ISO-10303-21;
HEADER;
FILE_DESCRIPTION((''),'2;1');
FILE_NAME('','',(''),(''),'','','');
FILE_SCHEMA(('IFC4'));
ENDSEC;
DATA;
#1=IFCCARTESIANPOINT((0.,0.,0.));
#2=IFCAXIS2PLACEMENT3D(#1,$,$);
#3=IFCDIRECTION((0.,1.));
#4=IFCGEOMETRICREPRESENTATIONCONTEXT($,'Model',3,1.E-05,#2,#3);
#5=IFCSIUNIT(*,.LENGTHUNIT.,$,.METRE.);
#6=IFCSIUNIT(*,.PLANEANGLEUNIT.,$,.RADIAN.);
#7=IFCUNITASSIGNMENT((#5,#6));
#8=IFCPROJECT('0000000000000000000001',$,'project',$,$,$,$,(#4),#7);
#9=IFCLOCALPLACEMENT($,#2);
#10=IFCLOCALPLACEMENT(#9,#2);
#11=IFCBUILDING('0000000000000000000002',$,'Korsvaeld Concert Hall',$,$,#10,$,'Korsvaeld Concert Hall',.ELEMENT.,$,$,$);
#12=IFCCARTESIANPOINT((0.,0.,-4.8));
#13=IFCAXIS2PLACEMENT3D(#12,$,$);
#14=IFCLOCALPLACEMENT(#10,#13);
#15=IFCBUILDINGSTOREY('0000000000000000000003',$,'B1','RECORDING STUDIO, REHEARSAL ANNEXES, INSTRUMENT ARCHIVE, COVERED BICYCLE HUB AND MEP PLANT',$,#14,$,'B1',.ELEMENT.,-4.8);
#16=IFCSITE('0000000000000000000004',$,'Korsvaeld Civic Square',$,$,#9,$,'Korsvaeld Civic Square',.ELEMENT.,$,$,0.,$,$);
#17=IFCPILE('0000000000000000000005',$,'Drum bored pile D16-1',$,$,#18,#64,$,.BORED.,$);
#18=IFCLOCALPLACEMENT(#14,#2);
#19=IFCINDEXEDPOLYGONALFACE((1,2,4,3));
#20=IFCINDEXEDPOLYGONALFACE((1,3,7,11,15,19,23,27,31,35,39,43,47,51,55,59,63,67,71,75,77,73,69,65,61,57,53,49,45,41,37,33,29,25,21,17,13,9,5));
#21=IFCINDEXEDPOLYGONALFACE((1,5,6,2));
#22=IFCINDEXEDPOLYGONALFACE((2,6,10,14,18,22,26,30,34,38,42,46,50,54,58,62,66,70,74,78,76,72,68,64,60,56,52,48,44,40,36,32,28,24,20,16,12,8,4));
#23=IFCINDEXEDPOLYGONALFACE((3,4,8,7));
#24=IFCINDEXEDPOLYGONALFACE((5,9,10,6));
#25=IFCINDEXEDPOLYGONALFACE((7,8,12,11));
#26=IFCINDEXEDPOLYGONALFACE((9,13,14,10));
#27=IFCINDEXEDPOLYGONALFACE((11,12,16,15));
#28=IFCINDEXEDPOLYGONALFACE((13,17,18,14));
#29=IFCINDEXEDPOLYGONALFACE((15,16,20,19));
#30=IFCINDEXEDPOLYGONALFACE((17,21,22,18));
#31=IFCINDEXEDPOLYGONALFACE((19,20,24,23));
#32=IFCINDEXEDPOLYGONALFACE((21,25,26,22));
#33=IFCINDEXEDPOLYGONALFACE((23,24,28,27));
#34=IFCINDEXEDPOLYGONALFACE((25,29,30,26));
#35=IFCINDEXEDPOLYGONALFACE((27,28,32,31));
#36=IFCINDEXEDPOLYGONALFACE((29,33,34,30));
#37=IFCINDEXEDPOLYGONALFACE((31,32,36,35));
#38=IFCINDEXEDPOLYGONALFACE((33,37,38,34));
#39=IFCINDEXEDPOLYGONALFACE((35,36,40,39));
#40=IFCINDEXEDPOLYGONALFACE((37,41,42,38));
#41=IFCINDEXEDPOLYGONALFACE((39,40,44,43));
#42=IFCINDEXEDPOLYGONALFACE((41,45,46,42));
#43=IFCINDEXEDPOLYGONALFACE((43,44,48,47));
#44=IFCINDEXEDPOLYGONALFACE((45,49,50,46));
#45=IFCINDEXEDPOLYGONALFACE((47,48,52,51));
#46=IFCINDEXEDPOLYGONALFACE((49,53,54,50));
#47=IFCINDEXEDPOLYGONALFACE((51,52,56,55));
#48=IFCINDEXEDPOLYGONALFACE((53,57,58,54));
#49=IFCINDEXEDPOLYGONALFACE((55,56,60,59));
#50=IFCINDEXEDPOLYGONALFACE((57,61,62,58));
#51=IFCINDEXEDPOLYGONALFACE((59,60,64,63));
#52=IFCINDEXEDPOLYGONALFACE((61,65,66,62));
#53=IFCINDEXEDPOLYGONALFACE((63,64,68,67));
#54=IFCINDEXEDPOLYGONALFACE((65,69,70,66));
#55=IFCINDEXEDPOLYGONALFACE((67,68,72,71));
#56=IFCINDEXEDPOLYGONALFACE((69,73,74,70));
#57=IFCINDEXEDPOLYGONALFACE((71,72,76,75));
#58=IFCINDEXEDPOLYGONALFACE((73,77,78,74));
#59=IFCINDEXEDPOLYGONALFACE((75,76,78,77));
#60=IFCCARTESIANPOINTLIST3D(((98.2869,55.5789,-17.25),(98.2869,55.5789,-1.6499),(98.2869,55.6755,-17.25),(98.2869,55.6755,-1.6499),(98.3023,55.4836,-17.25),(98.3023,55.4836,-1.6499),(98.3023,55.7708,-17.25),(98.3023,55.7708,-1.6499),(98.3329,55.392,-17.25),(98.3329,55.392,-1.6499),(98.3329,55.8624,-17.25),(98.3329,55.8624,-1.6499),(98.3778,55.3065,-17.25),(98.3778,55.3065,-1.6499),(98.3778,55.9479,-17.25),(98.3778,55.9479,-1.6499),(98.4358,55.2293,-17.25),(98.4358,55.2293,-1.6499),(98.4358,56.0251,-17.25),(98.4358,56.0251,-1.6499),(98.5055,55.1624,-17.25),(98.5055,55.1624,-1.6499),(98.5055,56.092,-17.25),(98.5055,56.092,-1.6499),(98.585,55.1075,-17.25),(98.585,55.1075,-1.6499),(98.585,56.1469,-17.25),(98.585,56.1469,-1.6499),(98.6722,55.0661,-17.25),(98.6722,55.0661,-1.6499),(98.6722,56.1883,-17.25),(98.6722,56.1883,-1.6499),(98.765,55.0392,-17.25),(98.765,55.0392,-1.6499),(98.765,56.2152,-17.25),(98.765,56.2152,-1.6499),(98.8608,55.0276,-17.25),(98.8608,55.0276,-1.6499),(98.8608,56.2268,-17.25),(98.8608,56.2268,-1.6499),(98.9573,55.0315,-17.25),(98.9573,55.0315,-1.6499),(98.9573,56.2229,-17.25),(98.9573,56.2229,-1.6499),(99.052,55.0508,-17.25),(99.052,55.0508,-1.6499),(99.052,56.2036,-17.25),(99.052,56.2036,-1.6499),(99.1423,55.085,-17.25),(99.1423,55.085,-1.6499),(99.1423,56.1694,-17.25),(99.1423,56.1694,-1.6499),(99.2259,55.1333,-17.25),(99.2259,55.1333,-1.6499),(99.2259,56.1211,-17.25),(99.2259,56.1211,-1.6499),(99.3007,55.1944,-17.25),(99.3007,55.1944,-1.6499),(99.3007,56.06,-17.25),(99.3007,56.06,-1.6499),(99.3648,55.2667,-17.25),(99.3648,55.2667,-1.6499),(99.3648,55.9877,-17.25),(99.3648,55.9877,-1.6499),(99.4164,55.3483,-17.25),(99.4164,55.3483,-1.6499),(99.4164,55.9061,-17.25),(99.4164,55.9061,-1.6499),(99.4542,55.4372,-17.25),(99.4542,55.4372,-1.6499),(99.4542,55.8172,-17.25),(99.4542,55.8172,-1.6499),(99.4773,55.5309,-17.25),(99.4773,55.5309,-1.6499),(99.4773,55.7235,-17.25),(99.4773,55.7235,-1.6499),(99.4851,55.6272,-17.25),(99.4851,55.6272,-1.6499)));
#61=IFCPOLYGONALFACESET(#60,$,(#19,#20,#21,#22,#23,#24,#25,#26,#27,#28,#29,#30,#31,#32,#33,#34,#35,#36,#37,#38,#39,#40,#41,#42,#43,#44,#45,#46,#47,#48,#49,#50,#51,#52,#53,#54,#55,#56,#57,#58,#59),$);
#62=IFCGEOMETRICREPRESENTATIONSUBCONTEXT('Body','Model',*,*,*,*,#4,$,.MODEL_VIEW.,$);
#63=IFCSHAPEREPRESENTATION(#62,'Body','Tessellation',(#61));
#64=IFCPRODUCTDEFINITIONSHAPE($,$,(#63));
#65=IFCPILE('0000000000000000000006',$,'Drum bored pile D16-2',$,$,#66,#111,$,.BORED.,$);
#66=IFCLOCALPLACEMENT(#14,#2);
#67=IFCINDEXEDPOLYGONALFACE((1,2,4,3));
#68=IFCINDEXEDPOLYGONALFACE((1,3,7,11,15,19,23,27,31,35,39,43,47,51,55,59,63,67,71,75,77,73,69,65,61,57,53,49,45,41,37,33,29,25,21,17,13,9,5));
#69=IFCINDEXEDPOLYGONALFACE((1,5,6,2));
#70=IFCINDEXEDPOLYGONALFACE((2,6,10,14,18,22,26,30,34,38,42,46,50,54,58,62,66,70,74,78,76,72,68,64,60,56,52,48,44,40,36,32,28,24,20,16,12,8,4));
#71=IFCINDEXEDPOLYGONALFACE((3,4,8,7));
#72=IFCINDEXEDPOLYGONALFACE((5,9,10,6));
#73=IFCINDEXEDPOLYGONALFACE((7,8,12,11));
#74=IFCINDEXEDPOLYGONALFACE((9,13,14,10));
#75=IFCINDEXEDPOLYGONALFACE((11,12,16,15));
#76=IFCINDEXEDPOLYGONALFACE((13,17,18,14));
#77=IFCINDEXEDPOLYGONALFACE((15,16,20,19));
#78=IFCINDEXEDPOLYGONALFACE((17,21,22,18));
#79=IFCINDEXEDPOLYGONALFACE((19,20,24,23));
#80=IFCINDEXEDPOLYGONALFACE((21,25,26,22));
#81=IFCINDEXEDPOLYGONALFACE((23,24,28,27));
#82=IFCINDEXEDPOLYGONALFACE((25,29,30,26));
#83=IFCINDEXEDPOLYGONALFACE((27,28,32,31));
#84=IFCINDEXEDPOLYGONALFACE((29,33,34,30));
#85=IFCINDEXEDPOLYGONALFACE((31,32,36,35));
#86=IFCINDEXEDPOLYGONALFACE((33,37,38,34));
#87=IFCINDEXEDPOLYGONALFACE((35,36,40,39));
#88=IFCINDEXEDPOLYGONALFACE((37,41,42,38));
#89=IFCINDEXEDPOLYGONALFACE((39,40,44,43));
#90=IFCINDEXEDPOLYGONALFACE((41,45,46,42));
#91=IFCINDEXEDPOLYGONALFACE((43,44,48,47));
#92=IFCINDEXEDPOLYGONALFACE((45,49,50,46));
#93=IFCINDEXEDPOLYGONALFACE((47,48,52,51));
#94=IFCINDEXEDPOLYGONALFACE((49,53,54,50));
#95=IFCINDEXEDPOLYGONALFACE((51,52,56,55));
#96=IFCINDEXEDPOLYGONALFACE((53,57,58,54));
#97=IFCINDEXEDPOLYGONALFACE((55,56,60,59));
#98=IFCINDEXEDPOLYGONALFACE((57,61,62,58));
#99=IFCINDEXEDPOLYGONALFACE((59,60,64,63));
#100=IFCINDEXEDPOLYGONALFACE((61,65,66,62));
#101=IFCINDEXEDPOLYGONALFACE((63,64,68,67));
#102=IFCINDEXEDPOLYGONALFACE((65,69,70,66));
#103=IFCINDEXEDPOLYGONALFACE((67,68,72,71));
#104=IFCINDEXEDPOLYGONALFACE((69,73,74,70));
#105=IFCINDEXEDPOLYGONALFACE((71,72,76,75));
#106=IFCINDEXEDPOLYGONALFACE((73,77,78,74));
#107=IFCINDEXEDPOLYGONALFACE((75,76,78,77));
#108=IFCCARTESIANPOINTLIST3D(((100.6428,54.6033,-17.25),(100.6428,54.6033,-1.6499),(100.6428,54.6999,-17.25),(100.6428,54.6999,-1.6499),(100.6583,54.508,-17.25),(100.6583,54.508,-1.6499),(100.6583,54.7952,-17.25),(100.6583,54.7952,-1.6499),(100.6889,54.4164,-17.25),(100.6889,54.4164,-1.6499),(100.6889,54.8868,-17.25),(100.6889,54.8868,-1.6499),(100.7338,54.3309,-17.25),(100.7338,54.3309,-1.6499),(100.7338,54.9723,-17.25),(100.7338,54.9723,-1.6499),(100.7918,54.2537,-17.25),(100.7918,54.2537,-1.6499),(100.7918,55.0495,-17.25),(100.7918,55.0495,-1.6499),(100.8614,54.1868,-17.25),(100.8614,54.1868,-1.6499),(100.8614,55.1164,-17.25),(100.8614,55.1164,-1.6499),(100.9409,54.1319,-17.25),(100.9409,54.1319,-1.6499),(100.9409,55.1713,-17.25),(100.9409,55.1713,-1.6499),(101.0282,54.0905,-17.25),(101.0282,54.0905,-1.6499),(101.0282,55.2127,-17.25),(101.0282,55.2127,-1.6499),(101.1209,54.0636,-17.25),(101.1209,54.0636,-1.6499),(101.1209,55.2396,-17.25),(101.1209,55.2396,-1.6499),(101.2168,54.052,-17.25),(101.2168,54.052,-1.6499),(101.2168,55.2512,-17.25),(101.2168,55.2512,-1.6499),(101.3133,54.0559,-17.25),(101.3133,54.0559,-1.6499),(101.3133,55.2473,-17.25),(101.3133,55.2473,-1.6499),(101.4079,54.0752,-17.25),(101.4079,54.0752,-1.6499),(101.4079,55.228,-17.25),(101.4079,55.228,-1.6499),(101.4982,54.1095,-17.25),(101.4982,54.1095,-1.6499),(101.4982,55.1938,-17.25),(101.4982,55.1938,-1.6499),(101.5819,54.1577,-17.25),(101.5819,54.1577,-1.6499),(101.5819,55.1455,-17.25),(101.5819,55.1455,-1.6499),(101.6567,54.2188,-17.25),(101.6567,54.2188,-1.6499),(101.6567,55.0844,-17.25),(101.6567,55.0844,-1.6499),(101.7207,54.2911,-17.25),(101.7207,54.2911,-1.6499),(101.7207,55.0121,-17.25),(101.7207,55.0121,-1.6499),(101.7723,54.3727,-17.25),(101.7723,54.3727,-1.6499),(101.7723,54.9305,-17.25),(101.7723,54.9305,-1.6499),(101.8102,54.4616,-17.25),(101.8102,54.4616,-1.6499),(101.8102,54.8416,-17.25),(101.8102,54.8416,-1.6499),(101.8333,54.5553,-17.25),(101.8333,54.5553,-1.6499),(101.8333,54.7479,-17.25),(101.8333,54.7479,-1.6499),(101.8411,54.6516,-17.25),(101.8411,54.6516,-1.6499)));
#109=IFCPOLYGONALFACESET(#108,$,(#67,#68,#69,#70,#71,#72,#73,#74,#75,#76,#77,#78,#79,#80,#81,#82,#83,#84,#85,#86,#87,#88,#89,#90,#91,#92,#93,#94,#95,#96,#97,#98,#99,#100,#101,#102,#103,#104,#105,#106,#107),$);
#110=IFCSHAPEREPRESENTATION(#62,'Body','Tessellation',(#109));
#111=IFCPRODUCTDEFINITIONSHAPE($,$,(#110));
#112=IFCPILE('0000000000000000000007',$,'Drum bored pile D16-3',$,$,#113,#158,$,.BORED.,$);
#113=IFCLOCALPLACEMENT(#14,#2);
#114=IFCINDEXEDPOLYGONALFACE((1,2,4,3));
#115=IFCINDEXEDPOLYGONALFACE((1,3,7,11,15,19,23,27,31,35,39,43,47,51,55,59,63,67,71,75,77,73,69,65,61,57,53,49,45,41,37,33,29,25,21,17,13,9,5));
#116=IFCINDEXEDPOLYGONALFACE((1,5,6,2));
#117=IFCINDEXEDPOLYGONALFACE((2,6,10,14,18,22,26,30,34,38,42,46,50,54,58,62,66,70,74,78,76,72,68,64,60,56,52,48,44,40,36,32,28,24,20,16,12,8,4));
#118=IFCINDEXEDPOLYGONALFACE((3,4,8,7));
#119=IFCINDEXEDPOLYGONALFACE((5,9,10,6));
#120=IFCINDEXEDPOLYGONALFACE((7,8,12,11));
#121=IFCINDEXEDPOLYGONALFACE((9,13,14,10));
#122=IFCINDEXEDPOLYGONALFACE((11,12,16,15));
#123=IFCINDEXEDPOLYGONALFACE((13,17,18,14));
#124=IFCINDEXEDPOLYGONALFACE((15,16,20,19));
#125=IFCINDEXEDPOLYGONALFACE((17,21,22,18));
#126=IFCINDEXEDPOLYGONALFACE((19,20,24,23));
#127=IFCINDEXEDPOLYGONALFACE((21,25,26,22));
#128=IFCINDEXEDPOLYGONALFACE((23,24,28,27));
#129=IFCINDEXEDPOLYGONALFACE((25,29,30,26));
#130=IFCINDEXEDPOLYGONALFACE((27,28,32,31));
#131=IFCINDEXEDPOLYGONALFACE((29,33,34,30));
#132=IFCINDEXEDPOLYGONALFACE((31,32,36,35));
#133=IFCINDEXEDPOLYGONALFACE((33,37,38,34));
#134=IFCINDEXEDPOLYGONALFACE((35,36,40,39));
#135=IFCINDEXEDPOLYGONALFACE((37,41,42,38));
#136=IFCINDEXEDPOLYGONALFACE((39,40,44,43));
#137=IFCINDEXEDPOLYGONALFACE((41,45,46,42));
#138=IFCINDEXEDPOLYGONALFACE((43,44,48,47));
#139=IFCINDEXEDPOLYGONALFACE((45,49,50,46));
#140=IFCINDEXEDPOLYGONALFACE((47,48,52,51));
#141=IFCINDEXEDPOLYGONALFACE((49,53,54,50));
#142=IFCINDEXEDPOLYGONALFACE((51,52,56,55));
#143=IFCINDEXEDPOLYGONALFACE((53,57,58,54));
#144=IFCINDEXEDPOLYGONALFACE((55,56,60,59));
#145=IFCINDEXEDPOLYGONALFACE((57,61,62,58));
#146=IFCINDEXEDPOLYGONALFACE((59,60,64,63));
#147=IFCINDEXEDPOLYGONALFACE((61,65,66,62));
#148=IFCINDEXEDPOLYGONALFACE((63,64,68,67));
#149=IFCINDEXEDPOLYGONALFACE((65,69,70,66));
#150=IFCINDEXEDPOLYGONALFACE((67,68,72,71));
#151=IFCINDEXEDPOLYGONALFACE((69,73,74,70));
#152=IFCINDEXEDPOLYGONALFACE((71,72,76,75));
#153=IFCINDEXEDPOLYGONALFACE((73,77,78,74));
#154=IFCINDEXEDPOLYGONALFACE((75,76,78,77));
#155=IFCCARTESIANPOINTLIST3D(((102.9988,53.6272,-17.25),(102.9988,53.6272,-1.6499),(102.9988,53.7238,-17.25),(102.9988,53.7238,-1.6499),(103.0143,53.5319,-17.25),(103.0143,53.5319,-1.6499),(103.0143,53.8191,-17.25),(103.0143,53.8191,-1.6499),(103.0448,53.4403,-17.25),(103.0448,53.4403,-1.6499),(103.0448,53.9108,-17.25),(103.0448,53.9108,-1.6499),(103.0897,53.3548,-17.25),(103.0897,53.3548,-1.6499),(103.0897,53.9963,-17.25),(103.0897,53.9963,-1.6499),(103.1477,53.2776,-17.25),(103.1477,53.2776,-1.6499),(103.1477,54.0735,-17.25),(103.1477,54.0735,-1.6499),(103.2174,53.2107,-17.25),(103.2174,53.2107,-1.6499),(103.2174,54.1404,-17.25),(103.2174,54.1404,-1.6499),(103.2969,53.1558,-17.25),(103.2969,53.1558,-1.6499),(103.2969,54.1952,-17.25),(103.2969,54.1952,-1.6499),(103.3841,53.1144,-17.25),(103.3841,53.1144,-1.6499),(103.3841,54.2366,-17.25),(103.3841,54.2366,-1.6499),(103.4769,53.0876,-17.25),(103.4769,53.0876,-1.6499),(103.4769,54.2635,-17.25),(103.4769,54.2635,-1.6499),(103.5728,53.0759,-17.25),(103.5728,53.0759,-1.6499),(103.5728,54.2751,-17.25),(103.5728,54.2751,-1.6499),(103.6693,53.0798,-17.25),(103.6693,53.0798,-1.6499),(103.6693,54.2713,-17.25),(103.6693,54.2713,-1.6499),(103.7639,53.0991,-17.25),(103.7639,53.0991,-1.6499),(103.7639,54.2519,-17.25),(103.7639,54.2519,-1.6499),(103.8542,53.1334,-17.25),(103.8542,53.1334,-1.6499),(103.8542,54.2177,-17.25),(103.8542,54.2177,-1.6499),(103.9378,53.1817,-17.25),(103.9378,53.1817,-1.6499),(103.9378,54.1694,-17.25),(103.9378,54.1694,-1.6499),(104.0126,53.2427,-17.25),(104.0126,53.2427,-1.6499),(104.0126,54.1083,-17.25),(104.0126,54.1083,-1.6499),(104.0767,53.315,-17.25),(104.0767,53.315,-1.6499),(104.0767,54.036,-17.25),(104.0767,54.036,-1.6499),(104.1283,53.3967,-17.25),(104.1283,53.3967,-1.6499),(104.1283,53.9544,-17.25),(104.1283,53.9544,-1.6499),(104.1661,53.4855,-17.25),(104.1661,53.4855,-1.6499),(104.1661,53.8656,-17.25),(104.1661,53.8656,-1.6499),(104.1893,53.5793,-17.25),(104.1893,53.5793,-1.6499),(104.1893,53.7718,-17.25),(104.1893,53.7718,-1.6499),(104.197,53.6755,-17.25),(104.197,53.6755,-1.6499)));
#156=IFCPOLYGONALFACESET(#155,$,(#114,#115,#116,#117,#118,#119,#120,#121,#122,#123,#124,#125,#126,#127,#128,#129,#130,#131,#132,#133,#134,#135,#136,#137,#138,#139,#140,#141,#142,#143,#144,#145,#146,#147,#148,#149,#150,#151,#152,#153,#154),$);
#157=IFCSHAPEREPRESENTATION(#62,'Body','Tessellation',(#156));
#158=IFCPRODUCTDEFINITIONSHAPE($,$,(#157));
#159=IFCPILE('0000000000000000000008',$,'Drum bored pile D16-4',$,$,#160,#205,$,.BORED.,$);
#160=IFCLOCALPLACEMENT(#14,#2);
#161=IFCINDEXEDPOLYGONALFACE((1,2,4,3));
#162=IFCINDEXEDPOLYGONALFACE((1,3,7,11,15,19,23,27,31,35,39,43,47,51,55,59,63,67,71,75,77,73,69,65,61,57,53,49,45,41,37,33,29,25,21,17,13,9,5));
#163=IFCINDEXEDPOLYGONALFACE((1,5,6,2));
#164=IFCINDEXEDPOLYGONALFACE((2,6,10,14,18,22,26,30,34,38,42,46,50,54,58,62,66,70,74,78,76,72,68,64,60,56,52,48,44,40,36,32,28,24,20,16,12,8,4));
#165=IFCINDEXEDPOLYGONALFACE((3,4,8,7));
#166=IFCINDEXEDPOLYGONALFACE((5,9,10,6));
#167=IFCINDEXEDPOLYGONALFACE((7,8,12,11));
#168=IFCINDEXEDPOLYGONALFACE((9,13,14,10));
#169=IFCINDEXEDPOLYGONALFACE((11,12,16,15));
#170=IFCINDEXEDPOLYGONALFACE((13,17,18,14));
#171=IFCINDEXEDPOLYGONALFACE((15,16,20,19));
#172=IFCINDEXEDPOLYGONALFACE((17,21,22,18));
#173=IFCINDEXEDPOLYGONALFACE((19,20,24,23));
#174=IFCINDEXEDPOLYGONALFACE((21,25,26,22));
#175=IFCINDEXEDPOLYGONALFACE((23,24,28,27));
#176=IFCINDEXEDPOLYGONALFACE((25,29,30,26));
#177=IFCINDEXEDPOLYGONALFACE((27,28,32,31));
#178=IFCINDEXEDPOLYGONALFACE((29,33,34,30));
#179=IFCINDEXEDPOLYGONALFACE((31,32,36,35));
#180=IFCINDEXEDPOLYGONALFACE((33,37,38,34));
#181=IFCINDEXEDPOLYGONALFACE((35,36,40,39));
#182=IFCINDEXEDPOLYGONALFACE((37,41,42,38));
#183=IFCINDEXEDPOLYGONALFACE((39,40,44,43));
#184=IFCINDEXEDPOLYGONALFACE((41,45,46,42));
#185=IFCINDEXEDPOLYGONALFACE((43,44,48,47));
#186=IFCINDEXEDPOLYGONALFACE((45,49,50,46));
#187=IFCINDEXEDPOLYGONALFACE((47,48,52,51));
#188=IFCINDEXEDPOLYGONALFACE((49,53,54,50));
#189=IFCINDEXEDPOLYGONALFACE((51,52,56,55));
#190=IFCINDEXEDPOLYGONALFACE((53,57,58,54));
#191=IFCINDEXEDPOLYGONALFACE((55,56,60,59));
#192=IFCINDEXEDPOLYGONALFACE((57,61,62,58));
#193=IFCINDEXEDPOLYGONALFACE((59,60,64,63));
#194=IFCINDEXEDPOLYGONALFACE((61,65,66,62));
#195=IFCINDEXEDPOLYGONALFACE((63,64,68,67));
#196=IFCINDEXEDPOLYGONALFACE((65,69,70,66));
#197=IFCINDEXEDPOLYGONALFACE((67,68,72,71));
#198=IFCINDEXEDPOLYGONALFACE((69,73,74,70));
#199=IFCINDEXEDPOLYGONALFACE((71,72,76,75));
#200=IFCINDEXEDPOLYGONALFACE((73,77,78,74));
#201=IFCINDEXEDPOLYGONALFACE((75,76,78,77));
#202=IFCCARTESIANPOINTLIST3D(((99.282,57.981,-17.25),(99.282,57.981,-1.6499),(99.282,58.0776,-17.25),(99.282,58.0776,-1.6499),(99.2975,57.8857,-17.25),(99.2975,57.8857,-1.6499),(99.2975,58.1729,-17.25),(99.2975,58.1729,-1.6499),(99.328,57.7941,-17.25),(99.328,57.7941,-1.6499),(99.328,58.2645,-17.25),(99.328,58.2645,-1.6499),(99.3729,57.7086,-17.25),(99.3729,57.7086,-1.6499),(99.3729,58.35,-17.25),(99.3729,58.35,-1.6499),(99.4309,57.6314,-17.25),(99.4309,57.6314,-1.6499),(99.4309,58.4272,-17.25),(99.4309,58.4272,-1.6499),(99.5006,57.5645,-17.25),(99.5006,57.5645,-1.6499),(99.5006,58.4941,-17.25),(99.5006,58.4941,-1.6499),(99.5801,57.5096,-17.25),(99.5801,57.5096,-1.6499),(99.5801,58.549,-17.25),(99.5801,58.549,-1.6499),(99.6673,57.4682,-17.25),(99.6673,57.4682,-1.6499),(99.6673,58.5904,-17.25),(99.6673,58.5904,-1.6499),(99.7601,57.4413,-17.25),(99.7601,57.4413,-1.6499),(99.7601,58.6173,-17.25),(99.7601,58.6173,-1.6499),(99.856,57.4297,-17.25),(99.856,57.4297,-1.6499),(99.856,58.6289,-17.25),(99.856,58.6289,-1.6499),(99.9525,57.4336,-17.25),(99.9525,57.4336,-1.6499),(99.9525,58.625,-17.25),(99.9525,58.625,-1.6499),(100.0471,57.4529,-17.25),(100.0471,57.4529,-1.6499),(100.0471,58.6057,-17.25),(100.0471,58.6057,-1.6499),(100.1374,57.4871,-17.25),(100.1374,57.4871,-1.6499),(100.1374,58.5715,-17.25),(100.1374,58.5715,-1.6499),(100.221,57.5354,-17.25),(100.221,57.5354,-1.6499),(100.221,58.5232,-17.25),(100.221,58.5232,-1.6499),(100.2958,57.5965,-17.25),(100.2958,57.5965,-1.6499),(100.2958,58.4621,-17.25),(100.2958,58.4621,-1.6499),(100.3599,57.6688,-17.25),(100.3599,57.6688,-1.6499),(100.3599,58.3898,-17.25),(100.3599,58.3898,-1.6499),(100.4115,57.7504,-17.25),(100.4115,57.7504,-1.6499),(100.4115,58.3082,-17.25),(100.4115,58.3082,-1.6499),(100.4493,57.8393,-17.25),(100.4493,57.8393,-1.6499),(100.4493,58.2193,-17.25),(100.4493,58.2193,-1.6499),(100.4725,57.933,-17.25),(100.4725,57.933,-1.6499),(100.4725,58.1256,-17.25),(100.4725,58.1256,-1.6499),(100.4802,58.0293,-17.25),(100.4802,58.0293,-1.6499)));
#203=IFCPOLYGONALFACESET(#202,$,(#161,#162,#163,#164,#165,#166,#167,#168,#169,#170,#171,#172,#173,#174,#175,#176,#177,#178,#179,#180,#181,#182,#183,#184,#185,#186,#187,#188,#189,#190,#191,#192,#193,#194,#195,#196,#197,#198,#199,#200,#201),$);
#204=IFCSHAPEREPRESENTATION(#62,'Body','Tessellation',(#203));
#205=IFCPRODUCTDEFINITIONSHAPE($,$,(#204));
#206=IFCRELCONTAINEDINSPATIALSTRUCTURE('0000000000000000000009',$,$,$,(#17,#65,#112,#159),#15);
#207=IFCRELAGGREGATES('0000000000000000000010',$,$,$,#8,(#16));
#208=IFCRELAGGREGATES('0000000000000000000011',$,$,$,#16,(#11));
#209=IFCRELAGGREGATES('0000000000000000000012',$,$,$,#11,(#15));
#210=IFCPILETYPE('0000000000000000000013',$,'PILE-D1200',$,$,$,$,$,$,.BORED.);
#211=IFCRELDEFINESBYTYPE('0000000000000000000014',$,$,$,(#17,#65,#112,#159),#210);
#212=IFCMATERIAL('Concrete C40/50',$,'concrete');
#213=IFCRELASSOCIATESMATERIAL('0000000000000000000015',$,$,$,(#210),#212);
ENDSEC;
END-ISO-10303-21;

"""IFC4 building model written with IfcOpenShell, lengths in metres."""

from ifc_helpers import new_model, si_unit, direction, frame, origin, origin_2d, place, context, subcontext, project, spatial, circle, extrude, material, material_profile, profile_set, type_object, element, save


model = new_model("IFC4")

# Units and contexts
model_context = context("Model", 3, precision=1e-05, world=origin(), true_north=direction((0.0, 1.0)))
body_context = subcontext(model_context, "Body", "Model", "MODEL_VIEW")
ifc_project = project(units=[si_unit("LENGTHUNIT", "METRE"), si_unit("PLANEANGLEUNIT", "RADIAN")], contexts=[model_context])

# Site, building, storey
site_placement = place(None, origin())
site = spatial("IfcSite", under=ifc_project, at=site_placement, Name="Korsvaeld Civic Square", LongName="Korsvaeld Civic Square", CompositionType="ELEMENT", RefElevation=0.0)
building_placement = place(site_placement, origin())
building = spatial("IfcBuilding", under=site, at=building_placement, Name="Korsvaeld Concert Hall", LongName="Korsvaeld Concert Hall", CompositionType="ELEMENT")
storey_placement = place(building_placement, frame((0.0, 0.0, -4.8)))
storey = spatial("IfcBuildingStorey", under=building, at=storey_placement, Name="B1", Description="RECORDING STUDIO, REHEARSAL ANNEXES, INSTRUMENT ARCHIVE, COVERED BICYCLE HUB AND MEP PLANT", LongName="B1", CompositionType="ELEMENT", Elevation=-4.8)

# Piles
ifc_material_1 = material(Name="Concrete C40/50", Category="concrete")
ifc_material_profile_1 = material_profile(ifc_material_1, circle(Radius=0.6001, at=origin_2d()), Name="BORED PILE D1200")
ifc_profile_set_1 = profile_set([ifc_material_profile_1], Name="Concrete C40/50")
pile_type_1 = type_object("IfcPileType", Name="PILE-D1200", PredefinedType="BORED", material=ifc_profile_set_1)
for number, where, z_axis, x_axis, name in (
    (1, (98.885, 55.6272, -1.6499), (0.0, 0.0, -1.0), (1.0, 0.0, 0.0), "Drum bored pile D16-1"),
    (2, (101.241, 54.6516, -1.6499), (0.0, 0.0, -1.0), (1.0, 0.0, 0.0), "Drum bored pile D16-2"),
    (3, (103.5969, 53.6755, -1.6499), (0.0, 0.0, -1.0), (1.0, 0.0, 0.0), "Drum bored pile D16-3"),
    (4, (99.8801, 58.0293, -1.6499), (0.0, 0.0, -1.0), (1.0, 0.0, 0.0), "Drum bored pile D16-4"),
):
    element("IfcPile", number, at=place(storey_placement, frame(where, z_axis=z_axis, x_axis=x_axis)), inside=storey, type_object=pile_type_1, Name=name, PredefinedType="BORED", context=body_context, shape_type="SweptSolid", body=[
        extrude(circle(Radius=0.6001, at=origin_2d()), origin(), (0.0, 0.0, 1.0), 15.6001),
    ])

save(model, "model.ifc")
